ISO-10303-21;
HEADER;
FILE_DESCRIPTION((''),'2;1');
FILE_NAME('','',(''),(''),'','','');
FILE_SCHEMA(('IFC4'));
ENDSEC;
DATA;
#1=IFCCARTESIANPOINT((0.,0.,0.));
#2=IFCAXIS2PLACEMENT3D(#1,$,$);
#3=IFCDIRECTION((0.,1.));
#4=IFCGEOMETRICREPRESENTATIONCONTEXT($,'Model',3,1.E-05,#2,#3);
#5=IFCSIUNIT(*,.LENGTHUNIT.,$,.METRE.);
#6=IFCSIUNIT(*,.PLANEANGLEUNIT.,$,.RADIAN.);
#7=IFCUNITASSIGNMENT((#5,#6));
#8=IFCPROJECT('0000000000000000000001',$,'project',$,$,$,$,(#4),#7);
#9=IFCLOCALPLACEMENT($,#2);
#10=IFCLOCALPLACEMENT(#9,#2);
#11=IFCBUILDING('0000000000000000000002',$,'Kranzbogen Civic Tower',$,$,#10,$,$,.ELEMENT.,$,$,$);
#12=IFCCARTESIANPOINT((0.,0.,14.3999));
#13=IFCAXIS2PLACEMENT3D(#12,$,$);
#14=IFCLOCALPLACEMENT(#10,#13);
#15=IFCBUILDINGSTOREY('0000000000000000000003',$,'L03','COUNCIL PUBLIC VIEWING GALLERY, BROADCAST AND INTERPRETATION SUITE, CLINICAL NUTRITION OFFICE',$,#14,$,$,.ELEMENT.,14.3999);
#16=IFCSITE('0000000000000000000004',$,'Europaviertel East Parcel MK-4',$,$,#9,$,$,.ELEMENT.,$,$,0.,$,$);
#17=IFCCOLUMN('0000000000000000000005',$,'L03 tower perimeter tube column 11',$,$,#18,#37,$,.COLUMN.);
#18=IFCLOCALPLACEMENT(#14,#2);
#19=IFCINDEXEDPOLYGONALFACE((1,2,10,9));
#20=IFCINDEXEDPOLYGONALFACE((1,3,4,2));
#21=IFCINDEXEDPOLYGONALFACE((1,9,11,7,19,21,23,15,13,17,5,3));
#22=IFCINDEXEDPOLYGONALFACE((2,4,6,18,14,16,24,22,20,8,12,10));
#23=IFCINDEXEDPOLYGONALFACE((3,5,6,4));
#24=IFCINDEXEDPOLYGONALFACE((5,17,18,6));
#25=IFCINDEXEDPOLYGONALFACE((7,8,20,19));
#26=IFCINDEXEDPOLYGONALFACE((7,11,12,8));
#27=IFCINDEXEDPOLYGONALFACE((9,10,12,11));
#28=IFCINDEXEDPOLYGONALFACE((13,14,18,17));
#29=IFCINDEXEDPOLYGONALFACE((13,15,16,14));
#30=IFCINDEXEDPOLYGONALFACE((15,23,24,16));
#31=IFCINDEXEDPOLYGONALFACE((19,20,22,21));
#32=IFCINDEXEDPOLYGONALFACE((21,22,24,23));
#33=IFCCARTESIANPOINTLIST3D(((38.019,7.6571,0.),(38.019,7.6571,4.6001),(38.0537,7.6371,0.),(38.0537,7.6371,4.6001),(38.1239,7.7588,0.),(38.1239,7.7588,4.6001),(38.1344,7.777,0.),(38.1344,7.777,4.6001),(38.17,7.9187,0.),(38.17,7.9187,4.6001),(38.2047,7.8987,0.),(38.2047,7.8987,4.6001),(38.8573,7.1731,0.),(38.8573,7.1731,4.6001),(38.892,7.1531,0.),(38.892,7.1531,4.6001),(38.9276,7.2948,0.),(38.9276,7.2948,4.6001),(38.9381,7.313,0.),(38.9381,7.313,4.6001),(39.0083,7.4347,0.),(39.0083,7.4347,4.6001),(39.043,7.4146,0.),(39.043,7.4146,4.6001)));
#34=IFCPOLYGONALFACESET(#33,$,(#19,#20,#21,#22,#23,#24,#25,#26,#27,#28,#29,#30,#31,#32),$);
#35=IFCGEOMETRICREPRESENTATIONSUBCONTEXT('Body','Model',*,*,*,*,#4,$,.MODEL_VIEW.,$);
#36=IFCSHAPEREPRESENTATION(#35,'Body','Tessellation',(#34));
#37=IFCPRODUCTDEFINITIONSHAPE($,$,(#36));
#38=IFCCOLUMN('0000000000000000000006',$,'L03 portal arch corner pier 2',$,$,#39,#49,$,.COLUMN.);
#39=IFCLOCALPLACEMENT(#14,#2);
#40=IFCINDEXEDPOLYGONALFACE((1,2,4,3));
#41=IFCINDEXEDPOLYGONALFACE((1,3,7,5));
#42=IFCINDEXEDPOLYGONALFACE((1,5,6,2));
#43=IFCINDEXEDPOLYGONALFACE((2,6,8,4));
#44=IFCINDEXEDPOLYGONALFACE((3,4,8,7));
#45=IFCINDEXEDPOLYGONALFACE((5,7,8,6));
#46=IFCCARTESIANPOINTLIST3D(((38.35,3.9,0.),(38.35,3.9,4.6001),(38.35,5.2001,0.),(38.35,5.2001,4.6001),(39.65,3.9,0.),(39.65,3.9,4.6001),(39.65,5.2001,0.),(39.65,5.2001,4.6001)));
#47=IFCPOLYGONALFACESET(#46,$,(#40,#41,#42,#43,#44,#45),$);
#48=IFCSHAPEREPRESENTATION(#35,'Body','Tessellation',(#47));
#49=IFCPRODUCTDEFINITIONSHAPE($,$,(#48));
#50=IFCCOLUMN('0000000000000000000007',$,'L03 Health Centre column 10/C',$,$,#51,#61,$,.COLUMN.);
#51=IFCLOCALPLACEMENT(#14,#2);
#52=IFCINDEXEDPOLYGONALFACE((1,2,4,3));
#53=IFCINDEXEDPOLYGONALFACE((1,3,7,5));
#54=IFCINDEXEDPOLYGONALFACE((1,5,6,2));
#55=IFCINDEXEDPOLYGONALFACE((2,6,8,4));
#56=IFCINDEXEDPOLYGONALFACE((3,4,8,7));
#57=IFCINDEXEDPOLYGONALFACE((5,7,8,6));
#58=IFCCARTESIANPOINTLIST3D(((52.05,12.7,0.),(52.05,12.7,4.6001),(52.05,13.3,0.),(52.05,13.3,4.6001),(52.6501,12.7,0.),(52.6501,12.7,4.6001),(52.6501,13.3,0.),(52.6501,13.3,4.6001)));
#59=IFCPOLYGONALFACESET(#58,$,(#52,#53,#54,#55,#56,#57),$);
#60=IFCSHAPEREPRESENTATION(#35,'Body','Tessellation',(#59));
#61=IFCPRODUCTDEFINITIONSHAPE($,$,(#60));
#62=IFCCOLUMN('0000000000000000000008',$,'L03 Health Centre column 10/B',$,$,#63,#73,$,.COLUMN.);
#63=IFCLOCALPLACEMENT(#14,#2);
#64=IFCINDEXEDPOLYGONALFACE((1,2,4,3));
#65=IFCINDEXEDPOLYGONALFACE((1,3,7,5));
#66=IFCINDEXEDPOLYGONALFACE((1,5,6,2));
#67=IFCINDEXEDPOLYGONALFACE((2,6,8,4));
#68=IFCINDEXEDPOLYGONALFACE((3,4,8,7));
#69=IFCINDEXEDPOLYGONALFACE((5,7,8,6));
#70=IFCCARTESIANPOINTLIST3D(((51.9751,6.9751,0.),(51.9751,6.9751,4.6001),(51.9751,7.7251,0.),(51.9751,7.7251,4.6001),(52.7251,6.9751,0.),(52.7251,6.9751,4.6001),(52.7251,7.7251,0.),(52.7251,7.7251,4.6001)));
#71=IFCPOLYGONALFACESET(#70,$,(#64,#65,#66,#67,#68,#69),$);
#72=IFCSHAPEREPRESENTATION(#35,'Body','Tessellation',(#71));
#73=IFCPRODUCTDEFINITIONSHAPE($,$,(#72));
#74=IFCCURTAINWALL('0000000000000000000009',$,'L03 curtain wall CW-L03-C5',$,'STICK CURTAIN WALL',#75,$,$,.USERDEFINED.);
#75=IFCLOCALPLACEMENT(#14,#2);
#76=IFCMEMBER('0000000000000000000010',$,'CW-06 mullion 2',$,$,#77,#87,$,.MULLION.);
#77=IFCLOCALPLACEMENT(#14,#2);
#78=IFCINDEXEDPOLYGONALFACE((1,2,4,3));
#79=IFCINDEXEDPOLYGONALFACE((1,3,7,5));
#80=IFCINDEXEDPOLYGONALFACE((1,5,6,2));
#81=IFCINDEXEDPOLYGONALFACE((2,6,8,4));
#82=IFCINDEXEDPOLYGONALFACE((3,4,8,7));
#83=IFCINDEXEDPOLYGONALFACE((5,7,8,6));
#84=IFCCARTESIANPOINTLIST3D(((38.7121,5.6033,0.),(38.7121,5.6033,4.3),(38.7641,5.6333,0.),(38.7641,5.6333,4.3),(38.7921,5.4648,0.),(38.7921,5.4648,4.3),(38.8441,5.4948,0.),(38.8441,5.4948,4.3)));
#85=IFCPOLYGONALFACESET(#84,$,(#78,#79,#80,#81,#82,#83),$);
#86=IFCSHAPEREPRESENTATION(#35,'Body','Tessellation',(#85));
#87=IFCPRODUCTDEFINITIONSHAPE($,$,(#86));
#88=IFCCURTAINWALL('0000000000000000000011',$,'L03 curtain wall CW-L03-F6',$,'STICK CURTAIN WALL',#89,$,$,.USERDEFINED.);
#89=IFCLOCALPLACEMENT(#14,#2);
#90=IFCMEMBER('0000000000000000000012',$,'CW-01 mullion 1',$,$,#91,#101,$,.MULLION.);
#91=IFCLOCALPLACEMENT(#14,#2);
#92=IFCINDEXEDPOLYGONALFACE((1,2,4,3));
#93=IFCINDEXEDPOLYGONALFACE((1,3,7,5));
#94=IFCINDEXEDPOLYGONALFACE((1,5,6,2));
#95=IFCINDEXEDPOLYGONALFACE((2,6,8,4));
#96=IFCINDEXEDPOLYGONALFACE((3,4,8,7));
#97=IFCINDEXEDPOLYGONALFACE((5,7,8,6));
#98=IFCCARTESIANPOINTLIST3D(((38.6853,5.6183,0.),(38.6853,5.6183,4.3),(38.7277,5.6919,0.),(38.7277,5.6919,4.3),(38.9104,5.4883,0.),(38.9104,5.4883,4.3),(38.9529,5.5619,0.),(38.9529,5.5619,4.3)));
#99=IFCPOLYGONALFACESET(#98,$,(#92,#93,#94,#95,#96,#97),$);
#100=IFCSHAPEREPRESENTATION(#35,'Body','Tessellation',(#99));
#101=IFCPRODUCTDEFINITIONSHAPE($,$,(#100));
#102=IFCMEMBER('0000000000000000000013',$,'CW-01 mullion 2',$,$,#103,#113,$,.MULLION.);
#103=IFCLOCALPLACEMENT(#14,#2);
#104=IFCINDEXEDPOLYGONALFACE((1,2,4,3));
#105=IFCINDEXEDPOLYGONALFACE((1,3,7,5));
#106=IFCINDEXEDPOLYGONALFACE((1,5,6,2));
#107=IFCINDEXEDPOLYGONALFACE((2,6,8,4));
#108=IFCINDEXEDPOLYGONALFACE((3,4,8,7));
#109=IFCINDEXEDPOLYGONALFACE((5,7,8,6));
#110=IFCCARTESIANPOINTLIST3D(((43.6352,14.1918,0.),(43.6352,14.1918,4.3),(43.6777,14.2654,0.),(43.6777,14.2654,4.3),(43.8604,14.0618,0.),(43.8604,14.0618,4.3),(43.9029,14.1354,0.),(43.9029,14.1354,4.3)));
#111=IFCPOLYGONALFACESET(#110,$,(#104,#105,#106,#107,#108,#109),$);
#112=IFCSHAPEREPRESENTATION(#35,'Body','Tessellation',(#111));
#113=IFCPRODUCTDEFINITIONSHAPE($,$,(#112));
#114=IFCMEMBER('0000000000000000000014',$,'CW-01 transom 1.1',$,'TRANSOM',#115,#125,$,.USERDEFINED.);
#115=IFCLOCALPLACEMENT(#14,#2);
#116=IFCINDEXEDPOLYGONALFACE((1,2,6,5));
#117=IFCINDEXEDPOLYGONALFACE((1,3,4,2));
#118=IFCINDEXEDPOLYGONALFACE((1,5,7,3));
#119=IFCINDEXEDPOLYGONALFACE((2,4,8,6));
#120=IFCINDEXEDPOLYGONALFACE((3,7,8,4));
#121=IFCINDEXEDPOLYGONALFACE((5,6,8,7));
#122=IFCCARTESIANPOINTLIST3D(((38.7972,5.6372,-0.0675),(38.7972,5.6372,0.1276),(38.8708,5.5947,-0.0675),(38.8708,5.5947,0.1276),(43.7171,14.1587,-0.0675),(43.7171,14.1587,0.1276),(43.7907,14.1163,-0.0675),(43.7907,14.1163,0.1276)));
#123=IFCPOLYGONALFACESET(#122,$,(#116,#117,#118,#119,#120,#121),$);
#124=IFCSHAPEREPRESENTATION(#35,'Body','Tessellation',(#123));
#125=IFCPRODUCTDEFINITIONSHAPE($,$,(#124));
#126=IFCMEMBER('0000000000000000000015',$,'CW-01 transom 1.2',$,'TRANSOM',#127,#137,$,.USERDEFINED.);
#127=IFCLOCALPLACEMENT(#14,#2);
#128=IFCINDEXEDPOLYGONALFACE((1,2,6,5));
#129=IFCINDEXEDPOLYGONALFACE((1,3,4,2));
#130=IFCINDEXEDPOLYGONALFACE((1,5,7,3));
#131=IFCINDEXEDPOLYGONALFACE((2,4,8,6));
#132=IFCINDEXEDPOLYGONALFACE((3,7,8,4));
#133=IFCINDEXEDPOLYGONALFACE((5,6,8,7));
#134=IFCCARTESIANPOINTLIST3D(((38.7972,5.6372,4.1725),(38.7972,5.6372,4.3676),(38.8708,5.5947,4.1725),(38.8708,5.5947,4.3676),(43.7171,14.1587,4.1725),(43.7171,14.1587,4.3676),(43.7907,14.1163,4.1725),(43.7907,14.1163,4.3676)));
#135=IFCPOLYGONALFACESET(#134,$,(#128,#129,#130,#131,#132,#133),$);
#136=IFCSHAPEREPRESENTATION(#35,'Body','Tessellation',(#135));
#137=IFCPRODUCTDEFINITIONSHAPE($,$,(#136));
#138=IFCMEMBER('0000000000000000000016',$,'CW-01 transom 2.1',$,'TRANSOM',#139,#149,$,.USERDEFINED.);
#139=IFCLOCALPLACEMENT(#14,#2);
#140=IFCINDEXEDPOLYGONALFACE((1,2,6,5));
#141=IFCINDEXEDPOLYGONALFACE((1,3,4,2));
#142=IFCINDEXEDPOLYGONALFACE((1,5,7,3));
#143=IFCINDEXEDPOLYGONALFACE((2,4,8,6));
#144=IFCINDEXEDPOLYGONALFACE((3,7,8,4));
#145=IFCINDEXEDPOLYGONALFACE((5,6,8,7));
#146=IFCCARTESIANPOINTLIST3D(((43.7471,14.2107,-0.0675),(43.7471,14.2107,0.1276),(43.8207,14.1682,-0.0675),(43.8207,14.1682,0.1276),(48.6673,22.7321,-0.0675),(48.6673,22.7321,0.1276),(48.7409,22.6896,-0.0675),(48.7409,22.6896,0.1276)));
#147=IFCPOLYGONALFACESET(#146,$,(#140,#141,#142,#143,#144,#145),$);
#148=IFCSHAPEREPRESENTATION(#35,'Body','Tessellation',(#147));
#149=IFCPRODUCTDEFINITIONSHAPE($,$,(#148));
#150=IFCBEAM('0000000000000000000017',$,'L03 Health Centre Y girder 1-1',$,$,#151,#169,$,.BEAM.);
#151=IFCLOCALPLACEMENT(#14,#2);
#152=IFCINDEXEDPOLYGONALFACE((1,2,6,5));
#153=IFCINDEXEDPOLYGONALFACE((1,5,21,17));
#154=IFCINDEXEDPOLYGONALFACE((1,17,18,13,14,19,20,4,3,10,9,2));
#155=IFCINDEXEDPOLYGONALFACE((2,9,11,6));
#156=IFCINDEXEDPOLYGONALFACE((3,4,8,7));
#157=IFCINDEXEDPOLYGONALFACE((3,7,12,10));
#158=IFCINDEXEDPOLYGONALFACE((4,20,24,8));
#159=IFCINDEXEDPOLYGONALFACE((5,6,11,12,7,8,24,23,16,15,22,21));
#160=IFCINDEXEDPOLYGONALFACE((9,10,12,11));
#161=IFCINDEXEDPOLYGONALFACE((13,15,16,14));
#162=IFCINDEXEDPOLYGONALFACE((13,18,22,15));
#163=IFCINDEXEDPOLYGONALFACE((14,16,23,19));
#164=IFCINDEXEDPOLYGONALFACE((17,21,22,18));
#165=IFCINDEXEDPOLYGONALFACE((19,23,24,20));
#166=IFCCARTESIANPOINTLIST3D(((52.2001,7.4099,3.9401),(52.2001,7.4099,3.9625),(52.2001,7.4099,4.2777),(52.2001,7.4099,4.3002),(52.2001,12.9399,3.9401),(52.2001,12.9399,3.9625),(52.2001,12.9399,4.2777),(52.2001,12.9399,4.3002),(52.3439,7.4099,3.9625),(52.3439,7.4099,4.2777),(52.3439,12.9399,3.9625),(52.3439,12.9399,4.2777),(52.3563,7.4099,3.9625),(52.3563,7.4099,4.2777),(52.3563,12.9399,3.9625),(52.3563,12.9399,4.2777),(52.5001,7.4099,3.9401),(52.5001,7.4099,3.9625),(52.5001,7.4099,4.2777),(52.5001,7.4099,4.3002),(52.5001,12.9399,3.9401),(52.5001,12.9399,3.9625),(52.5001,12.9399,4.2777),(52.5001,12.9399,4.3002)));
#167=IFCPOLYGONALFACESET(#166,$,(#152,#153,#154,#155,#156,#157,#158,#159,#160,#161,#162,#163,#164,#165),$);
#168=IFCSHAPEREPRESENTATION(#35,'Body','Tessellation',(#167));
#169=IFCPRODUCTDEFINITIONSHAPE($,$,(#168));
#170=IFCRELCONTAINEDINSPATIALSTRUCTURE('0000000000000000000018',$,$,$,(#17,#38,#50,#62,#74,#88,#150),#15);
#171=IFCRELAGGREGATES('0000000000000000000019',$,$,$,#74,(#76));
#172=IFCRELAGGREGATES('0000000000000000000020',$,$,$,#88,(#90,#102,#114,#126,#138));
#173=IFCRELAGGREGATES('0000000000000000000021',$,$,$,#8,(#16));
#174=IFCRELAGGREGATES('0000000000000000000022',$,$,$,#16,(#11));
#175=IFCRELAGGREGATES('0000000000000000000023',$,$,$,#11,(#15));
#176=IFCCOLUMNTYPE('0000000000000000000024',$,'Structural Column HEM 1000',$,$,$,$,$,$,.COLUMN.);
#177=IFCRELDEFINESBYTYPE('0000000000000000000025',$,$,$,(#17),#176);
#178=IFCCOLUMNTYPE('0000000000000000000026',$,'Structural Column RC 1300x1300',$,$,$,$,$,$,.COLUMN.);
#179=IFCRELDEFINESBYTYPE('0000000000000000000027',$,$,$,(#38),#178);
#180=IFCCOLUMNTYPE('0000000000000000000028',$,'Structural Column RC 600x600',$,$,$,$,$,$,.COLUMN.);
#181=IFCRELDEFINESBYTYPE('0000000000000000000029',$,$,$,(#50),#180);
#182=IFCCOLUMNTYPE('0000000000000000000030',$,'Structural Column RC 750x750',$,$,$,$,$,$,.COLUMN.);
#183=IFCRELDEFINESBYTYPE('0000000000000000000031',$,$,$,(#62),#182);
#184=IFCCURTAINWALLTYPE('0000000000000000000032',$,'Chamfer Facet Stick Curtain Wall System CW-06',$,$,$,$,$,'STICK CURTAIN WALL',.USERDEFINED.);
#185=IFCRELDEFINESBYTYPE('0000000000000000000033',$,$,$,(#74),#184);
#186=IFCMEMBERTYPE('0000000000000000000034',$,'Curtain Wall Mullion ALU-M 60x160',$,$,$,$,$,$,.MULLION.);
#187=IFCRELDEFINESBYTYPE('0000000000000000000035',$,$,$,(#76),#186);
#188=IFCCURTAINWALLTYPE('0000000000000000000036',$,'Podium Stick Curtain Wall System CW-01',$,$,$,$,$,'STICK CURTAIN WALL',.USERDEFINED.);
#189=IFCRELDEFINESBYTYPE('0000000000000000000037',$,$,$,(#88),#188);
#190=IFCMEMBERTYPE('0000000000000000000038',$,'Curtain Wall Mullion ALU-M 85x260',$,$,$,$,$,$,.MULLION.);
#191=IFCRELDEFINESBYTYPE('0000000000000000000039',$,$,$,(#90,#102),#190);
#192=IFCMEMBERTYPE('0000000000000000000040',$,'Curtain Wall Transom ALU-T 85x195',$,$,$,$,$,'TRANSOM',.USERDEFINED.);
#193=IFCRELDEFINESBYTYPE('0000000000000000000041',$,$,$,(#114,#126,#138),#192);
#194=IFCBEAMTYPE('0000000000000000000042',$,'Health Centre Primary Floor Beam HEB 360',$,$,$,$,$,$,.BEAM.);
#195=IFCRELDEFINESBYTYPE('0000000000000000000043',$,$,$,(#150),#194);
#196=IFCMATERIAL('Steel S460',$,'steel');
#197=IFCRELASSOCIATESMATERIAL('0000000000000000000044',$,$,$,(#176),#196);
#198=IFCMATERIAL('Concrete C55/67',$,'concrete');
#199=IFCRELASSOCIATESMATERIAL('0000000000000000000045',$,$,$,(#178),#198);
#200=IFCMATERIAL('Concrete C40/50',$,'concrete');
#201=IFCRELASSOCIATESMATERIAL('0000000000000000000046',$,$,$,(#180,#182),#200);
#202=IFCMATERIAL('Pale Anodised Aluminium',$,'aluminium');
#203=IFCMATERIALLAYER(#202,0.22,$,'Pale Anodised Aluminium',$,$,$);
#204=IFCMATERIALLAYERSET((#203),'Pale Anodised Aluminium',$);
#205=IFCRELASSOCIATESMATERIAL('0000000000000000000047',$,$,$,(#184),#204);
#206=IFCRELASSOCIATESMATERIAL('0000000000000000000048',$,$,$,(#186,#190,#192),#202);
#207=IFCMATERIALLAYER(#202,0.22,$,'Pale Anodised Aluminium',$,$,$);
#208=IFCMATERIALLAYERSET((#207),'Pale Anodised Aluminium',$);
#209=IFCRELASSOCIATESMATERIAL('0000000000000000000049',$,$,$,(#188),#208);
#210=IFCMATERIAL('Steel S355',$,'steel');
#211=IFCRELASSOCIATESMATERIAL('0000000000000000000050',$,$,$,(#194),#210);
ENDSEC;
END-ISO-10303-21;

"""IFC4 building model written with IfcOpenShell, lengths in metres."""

from ifc_helpers import new_model, si_unit, direction, frame, origin, origin_2d, place, context, subcontext, project, spatial, rectangle, i_section, extrude, material, layer, layer_set, material_profile, profile_set, type_object, element, aggregate, save


model = new_model("IFC4")

# Units and contexts
model_context = context("Model", 3, precision=1e-05, world=origin(), true_north=direction((0.0, 1.0)))
body_context = subcontext(model_context, "Body", "Model", "MODEL_VIEW")
ifc_project = project(units=[si_unit("LENGTHUNIT", "METRE"), si_unit("PLANEANGLEUNIT", "RADIAN")], contexts=[model_context])

# Site, building, storey
site_placement = place(None, origin())
site = spatial("IfcSite", under=ifc_project, at=site_placement, Name="Europaviertel East Parcel MK-4", CompositionType="ELEMENT", RefElevation=0.0)
building_placement = place(site_placement, origin())
building = spatial("IfcBuilding", under=site, at=building_placement, Name="Kranzbogen Civic Tower", CompositionType="ELEMENT")
storey_placement = place(building_placement, frame((0.0, 0.0, 14.3999)))
storey = spatial("IfcBuildingStorey", under=building, at=storey_placement, Name="L03", Description="COUNCIL PUBLIC VIEWING GALLERY, BROADCAST AND INTERPRETATION SUITE, CLINICAL NUTRITION OFFICE", CompositionType="ELEMENT", Elevation=14.3999)

# Columns
ifc_material_1 = material(Name="Steel S460", Category="steel")
ifc_material_profile_1 = material_profile(ifc_material_1, i_section(OverallWidth=0.302, OverallDepth=1.0081, WebThickness=0.021, FlangeThickness=0.04, at=origin_2d()), Name="HEM 1000")
ifc_profile_set_1 = profile_set([ifc_material_profile_1], Name="Steel S460")
column_type_1 = type_object("IfcColumnType", Name="Structural Column HEM 1000", PredefinedType="COLUMN", material=ifc_profile_set_1)
column_1_placement = place(storey_placement, frame((38.531, 7.5359, 0.0), z_axis=(0.0, 0.0, 1.0), x_axis=(0.5, 0.866025, 0.0)))
element("IfcColumn", 1, at=column_1_placement, inside=storey, type_object=column_type_1, Name="L03 tower perimeter tube column 11", PredefinedType="COLUMN", context=body_context, shape_type="SweptSolid", body=[
    extrude(i_section(OverallWidth=0.302, OverallDepth=1.0081, WebThickness=0.021, FlangeThickness=0.04, at=origin_2d()), origin(), (0.0, 0.0, 1.0), 4.6001),
])
ifc_material_2 = material(Name="Concrete C55/67", Category="concrete")
ifc_material_profile_2 = material_profile(ifc_material_2, rectangle(XDim=1.3, YDim=1.3, at=origin_2d()), Name="RC 1300x1300")
ifc_profile_set_2 = profile_set([ifc_material_profile_2], Name="Concrete C55/67")
column_type_2 = type_object("IfcColumnType", Name="Structural Column RC 1300x1300", PredefinedType="COLUMN", material=ifc_profile_set_2)
column_2_placement = place(storey_placement, frame((39.0, 4.55, 0.0), z_axis=(0.0, 0.0, 1.0), x_axis=(1.0, 0.0, 0.0)))
element("IfcColumn", 2, at=column_2_placement, inside=storey, type_object=column_type_2, Name="L03 portal arch corner pier 2", PredefinedType="COLUMN", context=body_context, shape_type="SweptSolid", body=[
    extrude(rectangle(XDim=1.3, YDim=1.3, at=origin_2d()), origin(), (0.0, 0.0, 1.0), 4.6001),
])
ifc_material_3 = material(Name="Concrete C40/50", Category="concrete")
ifc_material_profile_3 = material_profile(ifc_material_3, rectangle(XDim=0.6001, YDim=0.6001, at=origin_2d()), Name="RC 600x600")
ifc_profile_set_3 = profile_set([ifc_material_profile_3], Name="Concrete C40/50")
column_type_3 = type_object("IfcColumnType", Name="Structural Column RC 600x600", PredefinedType="COLUMN", material=ifc_profile_set_3)
column_3_placement = place(storey_placement, frame((52.3501, 13.0, 0.0), z_axis=(0.0, 0.0, 1.0), x_axis=(1.0, 0.0, 0.0)))
element("IfcColumn", 3, at=column_3_placement, inside=storey, type_object=column_type_3, Name="L03 Health Centre column 10/C", PredefinedType="COLUMN", context=body_context, shape_type="SweptSolid", body=[
    extrude(rectangle(XDim=0.6001, YDim=0.6001, at=origin_2d()), origin(), (0.0, 0.0, 1.0), 4.6001),
])
ifc_material_profile_4 = material_profile(ifc_material_3, rectangle(XDim=0.75, YDim=0.75, at=origin_2d()), Name="RC 750x750")
ifc_profile_set_4 = profile_set([ifc_material_profile_4], Name="Concrete C40/50")
column_type_4 = type_object("IfcColumnType", Name="Structural Column RC 750x750", PredefinedType="COLUMN", material=ifc_profile_set_4)
column_4_placement = place(storey_placement, frame((52.3501, 7.3501, 0.0), z_axis=(0.0, 0.0, 1.0), x_axis=(1.0, 0.0, 0.0)))
element("IfcColumn", 4, at=column_4_placement, inside=storey, type_object=column_type_4, Name="L03 Health Centre column 10/B", PredefinedType="COLUMN", context=body_context, shape_type="SweptSolid", body=[
    extrude(rectangle(XDim=0.75, YDim=0.75, at=origin_2d()), origin(), (0.0, 0.0, 1.0), 4.6001),
])

# Curtain wall, member
ifc_material_4 = material(Name="Pale Anodised Aluminium", Category="aluminium")
ifc_layer_1 = layer(ifc_material_4, 0.22, Name="Pale Anodised Aluminium")
ifc_layer_set_1 = layer_set([ifc_layer_1], Name="Pale Anodised Aluminium")
curtain_wall_type_1 = type_object("IfcCurtainWallType", Name="Chamfer Facet Stick Curtain Wall System CW-06", ElementType="STICK CURTAIN WALL", PredefinedType="USERDEFINED", material=ifc_layer_set_1)
curtain_wall_1_placement = place(storey_placement, origin())
curtain_wall_1 = element("IfcCurtainWall", 5, at=curtain_wall_1_placement, inside=storey, type_object=curtain_wall_type_1, Name="L03 curtain wall CW-L03-C5", ObjectType="STICK CURTAIN WALL", PredefinedType="USERDEFINED")
ifc_material_profile_5 = material_profile(ifc_material_4, rectangle(XDim=0.0601, YDim=0.1599, at=origin_2d()), Name="ALU-M 60x160")
ifc_profile_set_5 = profile_set([ifc_material_profile_5], Name="Pale Anodised Aluminium")
member_type_1 = type_object("IfcMemberType", Name="Curtain Wall Mullion ALU-M 60x160", PredefinedType="MULLION", material=ifc_profile_set_5)
member_1_placement = place(storey_placement, frame((38.7781, 5.5491, 0.0), z_axis=(0.0, 0.0, 1.0), x_axis=(0.865992, 0.500058, 0.0)))
member_1 = element("IfcMember", 6, at=member_1_placement, type_object=member_type_1, Name="CW-06 mullion 2", PredefinedType="MULLION", context=body_context, shape_type="SweptSolid", body=[
    extrude(rectangle(XDim=0.0601, YDim=0.1599, at=origin_2d()), origin(), (0.0, 0.0, 1.0), 4.3),
])

# Curtain wall, members
ifc_layer_2 = layer(ifc_material_4, 0.22, Name="Pale Anodised Aluminium")
ifc_layer_set_2 = layer_set([ifc_layer_2], Name="Pale Anodised Aluminium")
curtain_wall_type_2 = type_object("IfcCurtainWallType", Name="Podium Stick Curtain Wall System CW-01", ElementType="STICK CURTAIN WALL", PredefinedType="USERDEFINED", material=ifc_layer_set_2)
curtain_wall_2_placement = place(storey_placement, origin())
curtain_wall_2 = element("IfcCurtainWall", 7, at=curtain_wall_2_placement, inside=storey, type_object=curtain_wall_type_2, Name="L03 curtain wall CW-L03-F6", ObjectType="STICK CURTAIN WALL", PredefinedType="USERDEFINED")
ifc_material_profile_6 = material_profile(ifc_material_4, rectangle(XDim=0.085, YDim=0.26, at=origin_2d()), Name="ALU-M 85x260")
ifc_profile_set_6 = profile_set([ifc_material_profile_6], Name="Pale Anodised Aluminium")
member_type_2 = type_object("IfcMemberType", Name="Curtain Wall Mullion ALU-M 85x260", PredefinedType="MULLION", material=ifc_profile_set_6)
member_2_placement = place(storey_placement, frame((38.8191, 5.5901, 0.0), z_axis=(0.0, 0.0, 1.0), x_axis=(0.500006, 0.866022, 0.0)))
member_2 = element("IfcMember", 8, at=member_2_placement, type_object=member_type_2, Name="CW-01 mullion 1", PredefinedType="MULLION", context=body_context, shape_type="SweptSolid", body=[
    extrude(rectangle(XDim=0.085, YDim=0.26, at=origin_2d()), origin(), (0.0, 0.0, 1.0), 4.3),
])
member_3_placement = place(storey_placement, frame((43.769, 14.1636, 0.0), z_axis=(0.0, 0.0, 1.0), x_axis=(0.500006, 0.866022, 0.0)))
member_3 = element("IfcMember", 9, at=member_3_placement, type_object=member_type_2, Name="CW-01 mullion 2", PredefinedType="MULLION", context=body_context, shape_type="SweptSolid", body=[
    extrude(rectangle(XDim=0.085, YDim=0.26, at=origin_2d()), origin(), (0.0, 0.0, 1.0), 4.3),
])
ifc_material_profile_7 = material_profile(ifc_material_4, rectangle(XDim=0.085, YDim=0.1951, at=origin_2d()), Name="ALU-T 85x195")
ifc_profile_set_7 = profile_set([ifc_material_profile_7], Name="Pale Anodised Aluminium")
member_type_3 = type_object("IfcMemberType", Name="Curtain Wall Transom ALU-T 85x195", ElementType="TRANSOM", PredefinedType="USERDEFINED", material=ifc_profile_set_7)
member_4_placement = place(storey_placement, frame((38.834, 5.616, 0.03), z_axis=(0.500003, 0.866024, 0.0), x_axis=(-0.866024, 0.500003, 0.0)))
member_4 = element("IfcMember", 10, at=member_4_placement, type_object=member_type_3, Name="CW-01 transom 1.1", ObjectType="TRANSOM", PredefinedType="USERDEFINED", context=body_context, shape_type="SweptSolid", body=[
    extrude(rectangle(XDim=0.085, YDim=0.1951, at=origin_2d()), origin(), (0.0, 0.0, 1.0), 9.8398),
])
member_5_placement = place(storey_placement, frame((38.834, 5.616, 4.27), z_axis=(0.500003, 0.866024, 0.0), x_axis=(-0.866024, 0.500003, 0.0)))
member_5 = element("IfcMember", 11, at=member_5_placement, type_object=member_type_3, Name="CW-01 transom 1.2", ObjectType="TRANSOM", PredefinedType="USERDEFINED", context=body_context, shape_type="SweptSolid", body=[
    extrude(rectangle(XDim=0.085, YDim=0.1951, at=origin_2d()), origin(), (0.0, 0.0, 1.0), 9.8398),
])
member_6_placement = place(storey_placement, frame((43.7839, 14.1895, 0.03), z_axis=(0.500022, 0.866013, 0.0), x_axis=(-0.866013, 0.500022, 0.0)))
member_6 = element("IfcMember", 12, at=member_6_placement, type_object=member_type_3, Name="CW-01 transom 2.1", ObjectType="TRANSOM", PredefinedType="USERDEFINED", context=body_context, shape_type="SweptSolid", body=[
    extrude(rectangle(XDim=0.085, YDim=0.1951, at=origin_2d()), origin(), (0.0, 0.0, 1.0), 9.8398),
])

# Beam
ifc_material_5 = material(Name="Steel S355", Category="steel")
ifc_material_profile_8 = material_profile(ifc_material_5, i_section(OverallWidth=0.3, OverallDepth=0.3601, WebThickness=0.0125, FlangeThickness=0.0225, at=origin_2d()), Name="HEB 360")
ifc_profile_set_8 = profile_set([ifc_material_profile_8], Name="Steel S355")
beam_type_1 = type_object("IfcBeamType", Name="Health Centre Primary Floor Beam HEB 360", PredefinedType="BEAM", material=ifc_profile_set_8)
beam_1_placement = place(storey_placement, frame((52.3501, 7.4099, 4.1201), z_axis=(0.0, 1.0, 0.0), x_axis=(-1.0, 0.0, 0.0)))
element("IfcBeam", 13, at=beam_1_placement, inside=storey, type_object=beam_type_1, Name="L03 Health Centre Y girder 1-1", PredefinedType="BEAM", context=body_context, shape_type="SweptSolid", body=[
    extrude(i_section(OverallWidth=0.3, OverallDepth=0.3601, WebThickness=0.0125, FlangeThickness=0.0225, at=origin_2d()), origin(), (0.0, 0.0, 1.0), 5.53),
])

aggregate(curtain_wall_1, [member_1])
aggregate(curtain_wall_2, [member_2, member_3, member_4, member_5, member_6])

save(model, "model.ifc")
